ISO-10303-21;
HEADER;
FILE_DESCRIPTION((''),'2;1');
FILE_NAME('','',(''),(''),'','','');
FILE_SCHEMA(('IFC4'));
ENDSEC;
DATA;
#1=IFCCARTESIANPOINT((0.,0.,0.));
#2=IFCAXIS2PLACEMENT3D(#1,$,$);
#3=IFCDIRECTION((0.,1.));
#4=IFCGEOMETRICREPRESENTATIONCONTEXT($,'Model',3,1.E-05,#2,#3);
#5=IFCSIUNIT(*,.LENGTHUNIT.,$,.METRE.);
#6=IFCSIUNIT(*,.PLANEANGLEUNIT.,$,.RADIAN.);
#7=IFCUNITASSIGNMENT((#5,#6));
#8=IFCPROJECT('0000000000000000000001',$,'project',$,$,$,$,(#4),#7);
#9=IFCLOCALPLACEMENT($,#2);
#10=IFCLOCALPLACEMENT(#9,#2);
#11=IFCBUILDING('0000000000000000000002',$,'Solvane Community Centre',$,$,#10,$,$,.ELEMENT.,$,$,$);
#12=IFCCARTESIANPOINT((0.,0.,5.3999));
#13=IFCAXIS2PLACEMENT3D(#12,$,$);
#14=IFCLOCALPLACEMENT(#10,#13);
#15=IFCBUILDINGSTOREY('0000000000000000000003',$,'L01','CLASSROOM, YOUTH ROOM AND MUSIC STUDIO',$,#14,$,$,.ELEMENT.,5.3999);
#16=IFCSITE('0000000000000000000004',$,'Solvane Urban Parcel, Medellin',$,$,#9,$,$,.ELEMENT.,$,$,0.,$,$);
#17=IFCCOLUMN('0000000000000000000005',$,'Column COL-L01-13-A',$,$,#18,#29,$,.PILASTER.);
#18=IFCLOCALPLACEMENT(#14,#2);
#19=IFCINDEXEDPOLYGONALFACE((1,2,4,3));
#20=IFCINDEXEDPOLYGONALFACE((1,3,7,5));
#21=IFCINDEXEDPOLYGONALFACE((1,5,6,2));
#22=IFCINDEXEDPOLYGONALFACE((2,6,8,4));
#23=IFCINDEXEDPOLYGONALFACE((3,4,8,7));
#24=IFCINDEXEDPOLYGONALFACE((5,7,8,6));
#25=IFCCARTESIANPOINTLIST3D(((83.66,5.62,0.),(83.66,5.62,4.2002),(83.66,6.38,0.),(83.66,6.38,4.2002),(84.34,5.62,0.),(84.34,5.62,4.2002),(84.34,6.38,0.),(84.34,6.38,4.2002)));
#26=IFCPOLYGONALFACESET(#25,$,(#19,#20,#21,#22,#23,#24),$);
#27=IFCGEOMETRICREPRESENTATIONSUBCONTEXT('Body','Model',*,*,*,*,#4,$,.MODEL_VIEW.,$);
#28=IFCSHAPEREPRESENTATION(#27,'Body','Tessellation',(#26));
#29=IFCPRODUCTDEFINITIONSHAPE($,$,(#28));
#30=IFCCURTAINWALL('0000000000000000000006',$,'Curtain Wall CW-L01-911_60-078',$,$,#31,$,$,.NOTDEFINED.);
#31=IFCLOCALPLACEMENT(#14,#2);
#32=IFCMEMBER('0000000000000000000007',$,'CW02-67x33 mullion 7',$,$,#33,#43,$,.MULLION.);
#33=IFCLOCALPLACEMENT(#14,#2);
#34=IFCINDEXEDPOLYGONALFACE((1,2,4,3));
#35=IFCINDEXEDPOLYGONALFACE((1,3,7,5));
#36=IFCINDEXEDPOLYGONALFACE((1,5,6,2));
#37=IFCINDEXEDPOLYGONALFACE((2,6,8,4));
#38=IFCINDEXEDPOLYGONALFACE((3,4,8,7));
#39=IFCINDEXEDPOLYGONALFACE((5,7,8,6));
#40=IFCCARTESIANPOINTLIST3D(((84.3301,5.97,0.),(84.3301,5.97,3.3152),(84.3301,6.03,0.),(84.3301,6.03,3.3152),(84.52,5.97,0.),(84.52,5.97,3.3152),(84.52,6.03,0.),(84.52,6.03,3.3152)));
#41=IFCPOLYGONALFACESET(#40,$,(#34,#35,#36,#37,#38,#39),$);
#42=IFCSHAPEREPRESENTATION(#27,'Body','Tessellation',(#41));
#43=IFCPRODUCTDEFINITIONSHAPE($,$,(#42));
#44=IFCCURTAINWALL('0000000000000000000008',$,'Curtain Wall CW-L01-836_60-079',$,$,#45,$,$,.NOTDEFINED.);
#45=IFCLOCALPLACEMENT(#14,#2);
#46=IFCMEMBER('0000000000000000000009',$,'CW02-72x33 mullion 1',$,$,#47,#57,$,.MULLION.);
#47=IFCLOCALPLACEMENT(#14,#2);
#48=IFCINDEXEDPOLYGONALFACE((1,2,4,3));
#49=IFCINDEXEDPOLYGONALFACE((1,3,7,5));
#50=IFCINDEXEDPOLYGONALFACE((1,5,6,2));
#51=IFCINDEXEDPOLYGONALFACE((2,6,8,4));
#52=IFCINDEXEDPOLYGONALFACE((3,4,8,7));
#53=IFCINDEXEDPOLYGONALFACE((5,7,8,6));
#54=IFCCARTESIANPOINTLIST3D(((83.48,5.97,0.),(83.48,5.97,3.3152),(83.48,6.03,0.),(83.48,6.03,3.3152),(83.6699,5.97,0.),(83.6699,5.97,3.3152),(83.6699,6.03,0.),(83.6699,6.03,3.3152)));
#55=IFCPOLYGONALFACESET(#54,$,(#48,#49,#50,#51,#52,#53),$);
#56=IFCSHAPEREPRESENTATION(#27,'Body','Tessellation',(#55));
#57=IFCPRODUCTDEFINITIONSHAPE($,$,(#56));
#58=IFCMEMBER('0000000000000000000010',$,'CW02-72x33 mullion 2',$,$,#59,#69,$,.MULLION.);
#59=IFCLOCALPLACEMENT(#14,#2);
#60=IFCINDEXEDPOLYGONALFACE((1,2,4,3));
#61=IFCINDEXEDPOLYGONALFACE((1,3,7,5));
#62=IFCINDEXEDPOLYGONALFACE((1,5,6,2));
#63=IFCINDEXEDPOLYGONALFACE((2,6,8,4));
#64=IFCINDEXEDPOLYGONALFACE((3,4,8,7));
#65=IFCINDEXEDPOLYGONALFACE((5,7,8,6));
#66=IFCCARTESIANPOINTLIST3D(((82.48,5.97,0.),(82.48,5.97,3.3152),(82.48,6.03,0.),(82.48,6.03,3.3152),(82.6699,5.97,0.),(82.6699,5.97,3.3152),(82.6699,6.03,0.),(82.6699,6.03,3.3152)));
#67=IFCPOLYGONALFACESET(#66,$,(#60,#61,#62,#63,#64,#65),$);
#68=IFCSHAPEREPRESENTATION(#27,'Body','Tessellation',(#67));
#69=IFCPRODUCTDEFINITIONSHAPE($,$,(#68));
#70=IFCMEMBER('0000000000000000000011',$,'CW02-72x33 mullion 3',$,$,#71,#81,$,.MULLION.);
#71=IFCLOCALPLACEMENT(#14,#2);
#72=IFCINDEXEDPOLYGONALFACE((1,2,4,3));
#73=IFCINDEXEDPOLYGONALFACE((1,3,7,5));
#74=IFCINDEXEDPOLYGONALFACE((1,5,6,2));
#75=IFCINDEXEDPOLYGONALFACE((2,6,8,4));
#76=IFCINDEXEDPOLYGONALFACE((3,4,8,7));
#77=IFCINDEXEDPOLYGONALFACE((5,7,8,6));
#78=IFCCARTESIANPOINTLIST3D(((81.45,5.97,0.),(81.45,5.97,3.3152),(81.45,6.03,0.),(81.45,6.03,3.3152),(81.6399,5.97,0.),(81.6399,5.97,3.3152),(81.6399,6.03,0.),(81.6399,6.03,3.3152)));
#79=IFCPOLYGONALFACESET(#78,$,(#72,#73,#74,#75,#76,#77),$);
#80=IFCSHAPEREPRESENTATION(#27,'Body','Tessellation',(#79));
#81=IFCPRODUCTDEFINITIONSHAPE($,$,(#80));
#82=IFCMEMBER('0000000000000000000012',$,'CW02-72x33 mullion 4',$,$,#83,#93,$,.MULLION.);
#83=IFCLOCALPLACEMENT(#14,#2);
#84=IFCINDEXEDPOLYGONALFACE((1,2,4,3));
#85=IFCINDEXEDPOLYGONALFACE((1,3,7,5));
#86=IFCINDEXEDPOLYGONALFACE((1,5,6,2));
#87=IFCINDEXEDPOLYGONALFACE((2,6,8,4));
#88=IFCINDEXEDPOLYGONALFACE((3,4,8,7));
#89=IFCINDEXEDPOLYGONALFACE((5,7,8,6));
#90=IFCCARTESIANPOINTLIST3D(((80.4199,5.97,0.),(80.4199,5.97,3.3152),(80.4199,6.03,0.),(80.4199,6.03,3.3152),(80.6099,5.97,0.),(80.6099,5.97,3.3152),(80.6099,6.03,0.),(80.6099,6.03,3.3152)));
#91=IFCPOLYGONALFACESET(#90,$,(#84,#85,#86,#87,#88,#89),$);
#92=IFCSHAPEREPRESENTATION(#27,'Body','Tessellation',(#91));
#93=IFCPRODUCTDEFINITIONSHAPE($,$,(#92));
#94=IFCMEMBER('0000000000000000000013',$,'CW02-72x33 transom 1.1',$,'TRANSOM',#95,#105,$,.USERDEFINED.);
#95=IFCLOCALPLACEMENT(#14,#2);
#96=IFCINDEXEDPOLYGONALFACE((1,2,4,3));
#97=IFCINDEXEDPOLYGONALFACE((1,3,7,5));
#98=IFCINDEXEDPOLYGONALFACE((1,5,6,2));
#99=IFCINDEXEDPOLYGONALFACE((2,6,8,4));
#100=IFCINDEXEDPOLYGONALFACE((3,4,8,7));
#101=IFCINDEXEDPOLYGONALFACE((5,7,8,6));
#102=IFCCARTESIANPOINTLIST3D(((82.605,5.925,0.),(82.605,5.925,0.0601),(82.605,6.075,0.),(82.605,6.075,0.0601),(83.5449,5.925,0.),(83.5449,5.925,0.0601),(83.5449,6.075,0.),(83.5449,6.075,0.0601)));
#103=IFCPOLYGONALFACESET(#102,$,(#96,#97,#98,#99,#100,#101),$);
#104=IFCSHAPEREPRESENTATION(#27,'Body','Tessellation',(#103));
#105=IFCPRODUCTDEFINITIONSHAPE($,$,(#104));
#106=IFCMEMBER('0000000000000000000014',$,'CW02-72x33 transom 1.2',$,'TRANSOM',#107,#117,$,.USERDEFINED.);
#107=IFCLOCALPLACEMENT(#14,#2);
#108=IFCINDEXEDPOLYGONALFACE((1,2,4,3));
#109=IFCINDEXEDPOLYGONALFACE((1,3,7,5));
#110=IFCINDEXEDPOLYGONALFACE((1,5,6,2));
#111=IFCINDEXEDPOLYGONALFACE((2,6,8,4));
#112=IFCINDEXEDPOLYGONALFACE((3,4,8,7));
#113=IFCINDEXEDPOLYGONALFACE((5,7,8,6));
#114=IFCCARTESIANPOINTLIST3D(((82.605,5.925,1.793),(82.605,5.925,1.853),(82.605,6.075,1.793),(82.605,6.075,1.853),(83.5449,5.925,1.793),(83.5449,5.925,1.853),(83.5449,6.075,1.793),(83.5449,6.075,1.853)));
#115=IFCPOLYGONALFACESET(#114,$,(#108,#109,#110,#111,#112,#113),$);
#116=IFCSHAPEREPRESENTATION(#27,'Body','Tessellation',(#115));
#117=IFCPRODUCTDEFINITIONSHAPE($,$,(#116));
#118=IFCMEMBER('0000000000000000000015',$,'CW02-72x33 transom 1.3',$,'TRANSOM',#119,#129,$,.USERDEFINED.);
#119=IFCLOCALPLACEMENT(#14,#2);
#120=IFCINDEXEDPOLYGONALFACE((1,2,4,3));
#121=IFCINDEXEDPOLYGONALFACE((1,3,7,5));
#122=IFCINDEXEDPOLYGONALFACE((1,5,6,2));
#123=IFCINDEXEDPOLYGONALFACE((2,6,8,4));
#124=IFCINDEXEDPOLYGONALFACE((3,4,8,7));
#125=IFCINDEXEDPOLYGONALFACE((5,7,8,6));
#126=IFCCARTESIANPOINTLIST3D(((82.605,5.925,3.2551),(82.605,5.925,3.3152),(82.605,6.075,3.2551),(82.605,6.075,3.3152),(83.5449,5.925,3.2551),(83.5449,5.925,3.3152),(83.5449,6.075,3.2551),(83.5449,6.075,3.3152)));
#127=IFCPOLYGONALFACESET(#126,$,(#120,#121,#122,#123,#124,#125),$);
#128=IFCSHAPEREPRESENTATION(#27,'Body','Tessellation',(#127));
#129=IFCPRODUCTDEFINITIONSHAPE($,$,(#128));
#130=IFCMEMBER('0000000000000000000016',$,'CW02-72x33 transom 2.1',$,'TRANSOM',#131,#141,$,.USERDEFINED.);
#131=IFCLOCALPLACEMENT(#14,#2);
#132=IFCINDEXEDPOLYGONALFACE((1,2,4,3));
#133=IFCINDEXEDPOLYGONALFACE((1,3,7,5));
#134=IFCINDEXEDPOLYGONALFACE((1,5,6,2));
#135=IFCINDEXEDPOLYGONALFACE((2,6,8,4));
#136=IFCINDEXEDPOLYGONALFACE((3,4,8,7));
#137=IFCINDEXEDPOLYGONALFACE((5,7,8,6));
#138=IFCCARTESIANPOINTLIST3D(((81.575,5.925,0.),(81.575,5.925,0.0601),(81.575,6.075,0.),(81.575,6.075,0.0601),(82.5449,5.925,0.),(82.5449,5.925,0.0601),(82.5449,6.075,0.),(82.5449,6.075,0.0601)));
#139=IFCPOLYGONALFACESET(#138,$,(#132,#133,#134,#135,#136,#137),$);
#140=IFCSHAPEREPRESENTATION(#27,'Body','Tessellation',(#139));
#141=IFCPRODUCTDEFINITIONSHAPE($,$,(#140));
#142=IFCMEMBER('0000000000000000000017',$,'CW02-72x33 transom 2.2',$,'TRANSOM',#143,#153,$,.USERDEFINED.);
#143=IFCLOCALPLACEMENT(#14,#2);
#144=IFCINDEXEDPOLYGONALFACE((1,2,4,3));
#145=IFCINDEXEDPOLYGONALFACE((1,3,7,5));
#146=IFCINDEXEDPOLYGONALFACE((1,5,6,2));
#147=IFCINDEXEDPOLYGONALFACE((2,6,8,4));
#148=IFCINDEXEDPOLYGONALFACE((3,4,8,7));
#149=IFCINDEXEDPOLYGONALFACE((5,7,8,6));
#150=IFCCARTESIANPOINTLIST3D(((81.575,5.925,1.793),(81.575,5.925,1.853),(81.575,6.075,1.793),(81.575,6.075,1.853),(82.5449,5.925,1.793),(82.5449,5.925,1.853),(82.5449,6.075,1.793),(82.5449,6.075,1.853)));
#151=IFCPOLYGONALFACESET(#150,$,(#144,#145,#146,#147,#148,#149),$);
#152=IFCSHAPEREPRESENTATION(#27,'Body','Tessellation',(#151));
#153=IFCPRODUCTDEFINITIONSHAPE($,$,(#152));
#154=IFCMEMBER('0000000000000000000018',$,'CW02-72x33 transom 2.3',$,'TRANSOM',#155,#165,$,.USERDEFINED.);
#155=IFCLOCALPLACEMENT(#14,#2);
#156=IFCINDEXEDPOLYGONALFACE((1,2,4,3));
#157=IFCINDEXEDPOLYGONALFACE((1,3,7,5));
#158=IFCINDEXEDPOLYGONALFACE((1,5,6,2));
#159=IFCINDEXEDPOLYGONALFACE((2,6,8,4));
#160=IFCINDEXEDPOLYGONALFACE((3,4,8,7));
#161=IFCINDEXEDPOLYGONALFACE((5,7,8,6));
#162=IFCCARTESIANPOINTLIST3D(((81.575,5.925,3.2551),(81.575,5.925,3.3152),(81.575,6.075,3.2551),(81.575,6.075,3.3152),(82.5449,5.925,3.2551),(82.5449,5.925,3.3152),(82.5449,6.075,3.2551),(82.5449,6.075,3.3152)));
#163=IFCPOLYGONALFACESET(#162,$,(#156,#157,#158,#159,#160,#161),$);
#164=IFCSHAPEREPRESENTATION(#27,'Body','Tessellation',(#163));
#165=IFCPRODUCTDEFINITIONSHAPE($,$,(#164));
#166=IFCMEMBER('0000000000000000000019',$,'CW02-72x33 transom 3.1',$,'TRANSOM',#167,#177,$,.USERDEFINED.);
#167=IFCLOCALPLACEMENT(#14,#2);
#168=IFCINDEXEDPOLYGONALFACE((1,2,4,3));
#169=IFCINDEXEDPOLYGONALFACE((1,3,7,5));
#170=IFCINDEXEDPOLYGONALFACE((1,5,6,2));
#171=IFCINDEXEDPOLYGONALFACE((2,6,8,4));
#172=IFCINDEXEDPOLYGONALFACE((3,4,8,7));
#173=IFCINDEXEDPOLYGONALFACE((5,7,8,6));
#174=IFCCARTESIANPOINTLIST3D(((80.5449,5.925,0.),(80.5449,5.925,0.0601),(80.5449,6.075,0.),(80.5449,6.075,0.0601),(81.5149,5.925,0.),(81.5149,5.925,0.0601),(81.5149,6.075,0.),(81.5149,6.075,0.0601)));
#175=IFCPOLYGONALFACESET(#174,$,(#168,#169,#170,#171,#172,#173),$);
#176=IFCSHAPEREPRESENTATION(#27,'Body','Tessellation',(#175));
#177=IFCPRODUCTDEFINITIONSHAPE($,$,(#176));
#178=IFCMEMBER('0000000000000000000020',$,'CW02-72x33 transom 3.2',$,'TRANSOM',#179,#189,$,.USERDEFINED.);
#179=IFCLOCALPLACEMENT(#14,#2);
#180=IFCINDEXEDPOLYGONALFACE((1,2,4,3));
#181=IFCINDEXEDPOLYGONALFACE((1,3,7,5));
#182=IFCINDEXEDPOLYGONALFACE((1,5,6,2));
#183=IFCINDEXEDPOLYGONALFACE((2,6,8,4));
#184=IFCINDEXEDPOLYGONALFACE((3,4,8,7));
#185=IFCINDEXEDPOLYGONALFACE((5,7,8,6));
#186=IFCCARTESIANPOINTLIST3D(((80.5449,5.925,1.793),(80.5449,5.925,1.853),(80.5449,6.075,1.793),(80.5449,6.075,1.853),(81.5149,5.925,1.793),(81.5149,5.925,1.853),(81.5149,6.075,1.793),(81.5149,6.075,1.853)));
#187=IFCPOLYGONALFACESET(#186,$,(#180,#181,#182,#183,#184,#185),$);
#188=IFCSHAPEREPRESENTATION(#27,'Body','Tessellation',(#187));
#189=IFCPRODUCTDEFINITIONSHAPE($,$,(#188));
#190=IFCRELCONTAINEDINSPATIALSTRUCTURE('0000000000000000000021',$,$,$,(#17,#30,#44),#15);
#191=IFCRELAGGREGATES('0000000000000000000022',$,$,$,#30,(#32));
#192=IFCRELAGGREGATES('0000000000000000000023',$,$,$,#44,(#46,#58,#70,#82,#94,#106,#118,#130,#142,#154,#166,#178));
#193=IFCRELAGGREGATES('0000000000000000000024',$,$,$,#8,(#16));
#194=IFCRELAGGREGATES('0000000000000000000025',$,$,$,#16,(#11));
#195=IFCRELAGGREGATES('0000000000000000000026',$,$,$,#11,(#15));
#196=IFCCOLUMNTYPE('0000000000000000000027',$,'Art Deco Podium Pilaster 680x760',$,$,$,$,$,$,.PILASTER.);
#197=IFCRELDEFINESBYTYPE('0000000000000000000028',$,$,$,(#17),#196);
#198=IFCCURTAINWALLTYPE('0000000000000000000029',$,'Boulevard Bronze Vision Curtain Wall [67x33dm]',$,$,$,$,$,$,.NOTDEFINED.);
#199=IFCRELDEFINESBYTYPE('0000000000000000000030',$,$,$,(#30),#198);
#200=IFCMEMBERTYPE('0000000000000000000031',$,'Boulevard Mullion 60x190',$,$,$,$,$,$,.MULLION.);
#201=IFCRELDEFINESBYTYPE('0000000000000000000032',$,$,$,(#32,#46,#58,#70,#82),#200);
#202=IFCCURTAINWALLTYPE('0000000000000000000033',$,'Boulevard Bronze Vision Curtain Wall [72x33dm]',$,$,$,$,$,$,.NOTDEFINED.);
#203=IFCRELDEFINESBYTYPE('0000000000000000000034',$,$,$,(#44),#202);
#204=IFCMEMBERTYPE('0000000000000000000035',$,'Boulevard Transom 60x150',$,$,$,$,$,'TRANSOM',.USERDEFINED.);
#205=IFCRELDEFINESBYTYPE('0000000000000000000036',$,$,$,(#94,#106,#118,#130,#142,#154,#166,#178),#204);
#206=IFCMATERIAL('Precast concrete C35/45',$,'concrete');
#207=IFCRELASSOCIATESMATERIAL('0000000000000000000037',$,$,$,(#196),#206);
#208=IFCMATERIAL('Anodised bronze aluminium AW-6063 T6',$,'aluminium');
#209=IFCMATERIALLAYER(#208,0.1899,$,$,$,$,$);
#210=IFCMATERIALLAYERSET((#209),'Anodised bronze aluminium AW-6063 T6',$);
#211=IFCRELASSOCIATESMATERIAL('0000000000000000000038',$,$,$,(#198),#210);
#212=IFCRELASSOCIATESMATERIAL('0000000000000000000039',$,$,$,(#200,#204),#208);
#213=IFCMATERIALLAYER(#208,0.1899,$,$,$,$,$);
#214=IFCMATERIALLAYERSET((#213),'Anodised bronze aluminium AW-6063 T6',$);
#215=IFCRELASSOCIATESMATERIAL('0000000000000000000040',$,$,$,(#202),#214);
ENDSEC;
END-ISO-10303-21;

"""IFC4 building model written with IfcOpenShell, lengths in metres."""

from ifc_helpers import new_model, si_unit, direction, frame, origin, origin_2d, place, context, subcontext, project, spatial, rectangle, extrude, material, layer, layer_set, material_profile, profile_set, type_object, element, aggregate, save


model = new_model("IFC4")

# Units and contexts
model_context = context("Model", 3, precision=1e-05, world=origin(), true_north=direction((0.0, 1.0)))
body_context = subcontext(model_context, "Body", "Model", "MODEL_VIEW")
ifc_project = project(units=[si_unit("LENGTHUNIT", "METRE"), si_unit("PLANEANGLEUNIT", "RADIAN")], contexts=[model_context])

# Site, building, storey
site_placement = place(None, origin())
site = spatial("IfcSite", under=ifc_project, at=site_placement, Name="Solvane Urban Parcel, Medellin", CompositionType="ELEMENT", RefElevation=0.0)
building_placement = place(site_placement, origin())
building = spatial("IfcBuilding", under=site, at=building_placement, Name="Solvane Community Centre", CompositionType="ELEMENT")
storey_placement = place(building_placement, frame((0.0, 0.0, 5.3999)))
storey = spatial("IfcBuildingStorey", under=building, at=storey_placement, Name="L01", Description="CLASSROOM, YOUTH ROOM AND MUSIC STUDIO", CompositionType="ELEMENT", Elevation=5.3999)

# Column
ifc_material_1 = material(Name="Precast concrete C35/45", Category="concrete")
ifc_material_profile_1 = material_profile(ifc_material_1, rectangle(XDim=0.6799, YDim=0.76, at=origin_2d()), Name="RC 680x760")
ifc_profile_set_1 = profile_set([ifc_material_profile_1], Name="Precast concrete C35/45")
column_type = type_object("IfcColumnType", Name="Art Deco Podium Pilaster 680x760", PredefinedType="PILASTER", material=ifc_profile_set_1)
column_placement = place(storey_placement, frame((84.0, 6.0, 0.0), z_axis=(0.0, 0.0, 1.0), x_axis=(1.0, 0.0, 0.0)))
element("IfcColumn", 1, at=column_placement, inside=storey, type_object=column_type, Name="Column COL-L01-13-A", PredefinedType="PILASTER", context=body_context, shape_type="SweptSolid", body=[
    extrude(rectangle(XDim=0.6799, YDim=0.76, at=origin_2d()), origin(), (0.0, 0.0, 1.0), 4.2002),
])

# Curtain wall, member
ifc_material_2 = material(Name="Anodised bronze aluminium AW-6063 T6", Category="aluminium")
ifc_layer_1 = layer(ifc_material_2, 0.1899)
ifc_layer_set_1 = layer_set([ifc_layer_1], Name="Anodised bronze aluminium AW-6063 T6")
curtain_wall_type_1 = type_object("IfcCurtainWallType", Name="Boulevard Bronze Vision Curtain Wall [67x33dm]", PredefinedType="NOTDEFINED", material=ifc_layer_set_1)
curtain_wall_1_placement = place(storey_placement, origin())
curtain_wall_1 = element("IfcCurtainWall", 2, at=curtain_wall_1_placement, inside=storey, type_object=curtain_wall_type_1, Name="Curtain Wall CW-L01-911_60-078", PredefinedType="NOTDEFINED")
ifc_material_profile_2 = material_profile(ifc_material_2, rectangle(XDim=0.0601, YDim=0.1899, at=origin_2d()), Name="CW-M 60x190")
ifc_profile_set_2 = profile_set([ifc_material_profile_2], Name="Anodised bronze aluminium AW-6063 T6")
member_type_1 = type_object("IfcMemberType", Name="Boulevard Mullion 60x190", PredefinedType="MULLION", material=ifc_profile_set_2)
member_1_placement = place(storey_placement, frame((84.425, 6.0, 0.0), z_axis=(0.0, 0.0, 1.0), x_axis=(0.0, -1.0, 0.0)))
member_1 = element("IfcMember", 3, at=member_1_placement, type_object=member_type_1, Name="CW02-67x33 mullion 7", PredefinedType="MULLION", context=body_context, shape_type="SweptSolid", body=[
    extrude(rectangle(XDim=0.0601, YDim=0.1899, at=origin_2d()), origin(), (0.0, 0.0, 1.0), 3.3152),
])
aggregate(curtain_wall_1, [member_1])

# Curtain wall, members
ifc_layer_2 = layer(ifc_material_2, 0.1899)
ifc_layer_set_2 = layer_set([ifc_layer_2], Name="Anodised bronze aluminium AW-6063 T6")
curtain_wall_type_2 = type_object("IfcCurtainWallType", Name="Boulevard Bronze Vision Curtain Wall [72x33dm]", PredefinedType="NOTDEFINED", material=ifc_layer_set_2)
curtain_wall_2_placement = place(storey_placement, origin())
curtain_wall_2 = element("IfcCurtainWall", 4, at=curtain_wall_2_placement, inside=storey, type_object=curtain_wall_type_2, Name="Curtain Wall CW-L01-836_60-079", PredefinedType="NOTDEFINED")
member_2_placement = place(storey_placement, frame((83.575, 6.0, 0.0), z_axis=(0.0, 0.0, 1.0), x_axis=(0.0, -1.0, 0.0)))
member_2 = element("IfcMember", 5, at=member_2_placement, type_object=member_type_1, Name="CW02-72x33 mullion 1", PredefinedType="MULLION", context=body_context, shape_type="SweptSolid", body=[
    extrude(rectangle(XDim=0.0601, YDim=0.1899, at=origin_2d()), origin(), (0.0, 0.0, 1.0), 3.3152),
])
member_3_placement = place(storey_placement, frame((82.575, 6.0, 0.0), z_axis=(0.0, 0.0, 1.0), x_axis=(0.0, -1.0, 0.0)))
member_3 = element("IfcMember", 6, at=member_3_placement, type_object=member_type_1, Name="CW02-72x33 mullion 2", PredefinedType="MULLION", context=body_context, shape_type="SweptSolid", body=[
    extrude(rectangle(XDim=0.0601, YDim=0.1899, at=origin_2d()), origin(), (0.0, 0.0, 1.0), 3.3152),
])
member_4_placement = place(storey_placement, frame((81.5449, 6.0, 0.0), z_axis=(0.0, 0.0, 1.0), x_axis=(0.0, -1.0, 0.0)))
member_4 = element("IfcMember", 7, at=member_4_placement, type_object=member_type_1, Name="CW02-72x33 mullion 3", PredefinedType="MULLION", context=body_context, shape_type="SweptSolid", body=[
    extrude(rectangle(XDim=0.0601, YDim=0.1899, at=origin_2d()), origin(), (0.0, 0.0, 1.0), 3.3152),
])
member_5_placement = place(storey_placement, frame((80.5149, 6.0, 0.0), z_axis=(0.0, 0.0, 1.0), x_axis=(0.0, -1.0, 0.0)))
member_5 = element("IfcMember", 8, at=member_5_placement, type_object=member_type_1, Name="CW02-72x33 mullion 4", PredefinedType="MULLION", context=body_context, shape_type="SweptSolid", body=[
    extrude(rectangle(XDim=0.0601, YDim=0.1899, at=origin_2d()), origin(), (0.0, 0.0, 1.0), 3.3152),
])
ifc_material_profile_3 = material_profile(ifc_material_2, rectangle(XDim=0.1499, YDim=0.0601, at=origin_2d()), Name="CW-T 60x150")
ifc_profile_set_3 = profile_set([ifc_material_profile_3], Name="Anodised bronze aluminium AW-6063 T6")
member_type_2 = type_object("IfcMemberType", Name="Boulevard Transom 60x150", ElementType="TRANSOM", PredefinedType="USERDEFINED", material=ifc_profile_set_3)
member_6_placement = place(storey_placement, frame((83.5449, 6.0, 0.03), z_axis=(-1.0, 0.0, 0.0), x_axis=(0.0, -1.0, 0.0)))
member_6 = element("IfcMember", 9, at=member_6_placement, type_object=member_type_2, Name="CW02-72x33 transom 1.1", ObjectType="TRANSOM", PredefinedType="USERDEFINED", context=body_context, shape_type="SweptSolid", body=[
    extrude(rectangle(XDim=0.1499, YDim=0.0601, at=origin_2d()), origin(), (0.0, 0.0, 1.0), 0.9399),
])
member_7_placement = place(storey_placement, frame((83.5449, 6.0, 1.823), z_axis=(-1.0, 0.0, 0.0), x_axis=(0.0, -1.0, 0.0)))
member_7 = element("IfcMember", 10, at=member_7_placement, type_object=member_type_2, Name="CW02-72x33 transom 1.2", ObjectType="TRANSOM", PredefinedType="USERDEFINED", context=body_context, shape_type="SweptSolid", body=[
    extrude(rectangle(XDim=0.1499, YDim=0.0601, at=origin_2d()), origin(), (0.0, 0.0, 1.0), 0.9399),
])
member_8_placement = place(storey_placement, frame((83.5449, 6.0, 3.2852), z_axis=(-1.0, 0.0, 0.0), x_axis=(0.0, -1.0, 0.0)))
member_8 = element("IfcMember", 11, at=member_8_placement, type_object=member_type_2, Name="CW02-72x33 transom 1.3", ObjectType="TRANSOM", PredefinedType="USERDEFINED", context=body_context, shape_type="SweptSolid", body=[
    extrude(rectangle(XDim=0.1499, YDim=0.0601, at=origin_2d()), origin(), (0.0, 0.0, 1.0), 0.9399),
])
member_9_placement = place(storey_placement, frame((82.5449, 6.0, 0.03), z_axis=(-1.0, 0.0, 0.0), x_axis=(0.0, -1.0, 0.0)))
member_9 = element("IfcMember", 12, at=member_9_placement, type_object=member_type_2, Name="CW02-72x33 transom 2.1", ObjectType="TRANSOM", PredefinedType="USERDEFINED", context=body_context, shape_type="SweptSolid", body=[
    extrude(rectangle(XDim=0.1499, YDim=0.0601, at=origin_2d()), origin(), (0.0, 0.0, 1.0), 0.97),
])
member_10_placement = place(storey_placement, frame((82.5449, 6.0, 1.823), z_axis=(-1.0, 0.0, 0.0), x_axis=(0.0, -1.0, 0.0)))
member_10 = element("IfcMember", 13, at=member_10_placement, type_object=member_type_2, Name="CW02-72x33 transom 2.2", ObjectType="TRANSOM", PredefinedType="USERDEFINED", context=body_context, shape_type="SweptSolid", body=[
    extrude(rectangle(XDim=0.1499, YDim=0.0601, at=origin_2d()), origin(), (0.0, 0.0, 1.0), 0.97),
])
member_11_placement = place(storey_placement, frame((82.5449, 6.0, 3.2852), z_axis=(-1.0, 0.0, 0.0), x_axis=(0.0, -1.0, 0.0)))
member_11 = element("IfcMember", 14, at=member_11_placement, type_object=member_type_2, Name="CW02-72x33 transom 2.3", ObjectType="TRANSOM", PredefinedType="USERDEFINED", context=body_context, shape_type="SweptSolid", body=[
    extrude(rectangle(XDim=0.1499, YDim=0.0601, at=origin_2d()), origin(), (0.0, 0.0, 1.0), 0.97),
])
member_12_placement = place(storey_placement, frame((81.5149, 6.0, 0.03), z_axis=(-1.0, 0.0, 0.0), x_axis=(0.0, -1.0, 0.0)))
member_12 = element("IfcMember", 15, at=member_12_placement, type_object=member_type_2, Name="CW02-72x33 transom 3.1", ObjectType="TRANSOM", PredefinedType="USERDEFINED", context=body_context, shape_type="SweptSolid", body=[
    extrude(rectangle(XDim=0.1499, YDim=0.0601, at=origin_2d()), origin(), (0.0, 0.0, 1.0), 0.97),
])
member_13_placement = place(storey_placement, frame((81.5149, 6.0, 1.823), z_axis=(-1.0, 0.0, 0.0), x_axis=(0.0, -1.0, 0.0)))
member_13 = element("IfcMember", 16, at=member_13_placement, type_object=member_type_2, Name="CW02-72x33 transom 3.2", ObjectType="TRANSOM", PredefinedType="USERDEFINED", context=body_context, shape_type="SweptSolid", body=[
    extrude(rectangle(XDim=0.1499, YDim=0.0601, at=origin_2d()), origin(), (0.0, 0.0, 1.0), 0.97),
])

aggregate(curtain_wall_2, [member_2, member_3, member_4, member_5, member_6, member_7, member_8, member_9, member_10, member_11, member_12, member_13])

save(model, "model.ifc")
